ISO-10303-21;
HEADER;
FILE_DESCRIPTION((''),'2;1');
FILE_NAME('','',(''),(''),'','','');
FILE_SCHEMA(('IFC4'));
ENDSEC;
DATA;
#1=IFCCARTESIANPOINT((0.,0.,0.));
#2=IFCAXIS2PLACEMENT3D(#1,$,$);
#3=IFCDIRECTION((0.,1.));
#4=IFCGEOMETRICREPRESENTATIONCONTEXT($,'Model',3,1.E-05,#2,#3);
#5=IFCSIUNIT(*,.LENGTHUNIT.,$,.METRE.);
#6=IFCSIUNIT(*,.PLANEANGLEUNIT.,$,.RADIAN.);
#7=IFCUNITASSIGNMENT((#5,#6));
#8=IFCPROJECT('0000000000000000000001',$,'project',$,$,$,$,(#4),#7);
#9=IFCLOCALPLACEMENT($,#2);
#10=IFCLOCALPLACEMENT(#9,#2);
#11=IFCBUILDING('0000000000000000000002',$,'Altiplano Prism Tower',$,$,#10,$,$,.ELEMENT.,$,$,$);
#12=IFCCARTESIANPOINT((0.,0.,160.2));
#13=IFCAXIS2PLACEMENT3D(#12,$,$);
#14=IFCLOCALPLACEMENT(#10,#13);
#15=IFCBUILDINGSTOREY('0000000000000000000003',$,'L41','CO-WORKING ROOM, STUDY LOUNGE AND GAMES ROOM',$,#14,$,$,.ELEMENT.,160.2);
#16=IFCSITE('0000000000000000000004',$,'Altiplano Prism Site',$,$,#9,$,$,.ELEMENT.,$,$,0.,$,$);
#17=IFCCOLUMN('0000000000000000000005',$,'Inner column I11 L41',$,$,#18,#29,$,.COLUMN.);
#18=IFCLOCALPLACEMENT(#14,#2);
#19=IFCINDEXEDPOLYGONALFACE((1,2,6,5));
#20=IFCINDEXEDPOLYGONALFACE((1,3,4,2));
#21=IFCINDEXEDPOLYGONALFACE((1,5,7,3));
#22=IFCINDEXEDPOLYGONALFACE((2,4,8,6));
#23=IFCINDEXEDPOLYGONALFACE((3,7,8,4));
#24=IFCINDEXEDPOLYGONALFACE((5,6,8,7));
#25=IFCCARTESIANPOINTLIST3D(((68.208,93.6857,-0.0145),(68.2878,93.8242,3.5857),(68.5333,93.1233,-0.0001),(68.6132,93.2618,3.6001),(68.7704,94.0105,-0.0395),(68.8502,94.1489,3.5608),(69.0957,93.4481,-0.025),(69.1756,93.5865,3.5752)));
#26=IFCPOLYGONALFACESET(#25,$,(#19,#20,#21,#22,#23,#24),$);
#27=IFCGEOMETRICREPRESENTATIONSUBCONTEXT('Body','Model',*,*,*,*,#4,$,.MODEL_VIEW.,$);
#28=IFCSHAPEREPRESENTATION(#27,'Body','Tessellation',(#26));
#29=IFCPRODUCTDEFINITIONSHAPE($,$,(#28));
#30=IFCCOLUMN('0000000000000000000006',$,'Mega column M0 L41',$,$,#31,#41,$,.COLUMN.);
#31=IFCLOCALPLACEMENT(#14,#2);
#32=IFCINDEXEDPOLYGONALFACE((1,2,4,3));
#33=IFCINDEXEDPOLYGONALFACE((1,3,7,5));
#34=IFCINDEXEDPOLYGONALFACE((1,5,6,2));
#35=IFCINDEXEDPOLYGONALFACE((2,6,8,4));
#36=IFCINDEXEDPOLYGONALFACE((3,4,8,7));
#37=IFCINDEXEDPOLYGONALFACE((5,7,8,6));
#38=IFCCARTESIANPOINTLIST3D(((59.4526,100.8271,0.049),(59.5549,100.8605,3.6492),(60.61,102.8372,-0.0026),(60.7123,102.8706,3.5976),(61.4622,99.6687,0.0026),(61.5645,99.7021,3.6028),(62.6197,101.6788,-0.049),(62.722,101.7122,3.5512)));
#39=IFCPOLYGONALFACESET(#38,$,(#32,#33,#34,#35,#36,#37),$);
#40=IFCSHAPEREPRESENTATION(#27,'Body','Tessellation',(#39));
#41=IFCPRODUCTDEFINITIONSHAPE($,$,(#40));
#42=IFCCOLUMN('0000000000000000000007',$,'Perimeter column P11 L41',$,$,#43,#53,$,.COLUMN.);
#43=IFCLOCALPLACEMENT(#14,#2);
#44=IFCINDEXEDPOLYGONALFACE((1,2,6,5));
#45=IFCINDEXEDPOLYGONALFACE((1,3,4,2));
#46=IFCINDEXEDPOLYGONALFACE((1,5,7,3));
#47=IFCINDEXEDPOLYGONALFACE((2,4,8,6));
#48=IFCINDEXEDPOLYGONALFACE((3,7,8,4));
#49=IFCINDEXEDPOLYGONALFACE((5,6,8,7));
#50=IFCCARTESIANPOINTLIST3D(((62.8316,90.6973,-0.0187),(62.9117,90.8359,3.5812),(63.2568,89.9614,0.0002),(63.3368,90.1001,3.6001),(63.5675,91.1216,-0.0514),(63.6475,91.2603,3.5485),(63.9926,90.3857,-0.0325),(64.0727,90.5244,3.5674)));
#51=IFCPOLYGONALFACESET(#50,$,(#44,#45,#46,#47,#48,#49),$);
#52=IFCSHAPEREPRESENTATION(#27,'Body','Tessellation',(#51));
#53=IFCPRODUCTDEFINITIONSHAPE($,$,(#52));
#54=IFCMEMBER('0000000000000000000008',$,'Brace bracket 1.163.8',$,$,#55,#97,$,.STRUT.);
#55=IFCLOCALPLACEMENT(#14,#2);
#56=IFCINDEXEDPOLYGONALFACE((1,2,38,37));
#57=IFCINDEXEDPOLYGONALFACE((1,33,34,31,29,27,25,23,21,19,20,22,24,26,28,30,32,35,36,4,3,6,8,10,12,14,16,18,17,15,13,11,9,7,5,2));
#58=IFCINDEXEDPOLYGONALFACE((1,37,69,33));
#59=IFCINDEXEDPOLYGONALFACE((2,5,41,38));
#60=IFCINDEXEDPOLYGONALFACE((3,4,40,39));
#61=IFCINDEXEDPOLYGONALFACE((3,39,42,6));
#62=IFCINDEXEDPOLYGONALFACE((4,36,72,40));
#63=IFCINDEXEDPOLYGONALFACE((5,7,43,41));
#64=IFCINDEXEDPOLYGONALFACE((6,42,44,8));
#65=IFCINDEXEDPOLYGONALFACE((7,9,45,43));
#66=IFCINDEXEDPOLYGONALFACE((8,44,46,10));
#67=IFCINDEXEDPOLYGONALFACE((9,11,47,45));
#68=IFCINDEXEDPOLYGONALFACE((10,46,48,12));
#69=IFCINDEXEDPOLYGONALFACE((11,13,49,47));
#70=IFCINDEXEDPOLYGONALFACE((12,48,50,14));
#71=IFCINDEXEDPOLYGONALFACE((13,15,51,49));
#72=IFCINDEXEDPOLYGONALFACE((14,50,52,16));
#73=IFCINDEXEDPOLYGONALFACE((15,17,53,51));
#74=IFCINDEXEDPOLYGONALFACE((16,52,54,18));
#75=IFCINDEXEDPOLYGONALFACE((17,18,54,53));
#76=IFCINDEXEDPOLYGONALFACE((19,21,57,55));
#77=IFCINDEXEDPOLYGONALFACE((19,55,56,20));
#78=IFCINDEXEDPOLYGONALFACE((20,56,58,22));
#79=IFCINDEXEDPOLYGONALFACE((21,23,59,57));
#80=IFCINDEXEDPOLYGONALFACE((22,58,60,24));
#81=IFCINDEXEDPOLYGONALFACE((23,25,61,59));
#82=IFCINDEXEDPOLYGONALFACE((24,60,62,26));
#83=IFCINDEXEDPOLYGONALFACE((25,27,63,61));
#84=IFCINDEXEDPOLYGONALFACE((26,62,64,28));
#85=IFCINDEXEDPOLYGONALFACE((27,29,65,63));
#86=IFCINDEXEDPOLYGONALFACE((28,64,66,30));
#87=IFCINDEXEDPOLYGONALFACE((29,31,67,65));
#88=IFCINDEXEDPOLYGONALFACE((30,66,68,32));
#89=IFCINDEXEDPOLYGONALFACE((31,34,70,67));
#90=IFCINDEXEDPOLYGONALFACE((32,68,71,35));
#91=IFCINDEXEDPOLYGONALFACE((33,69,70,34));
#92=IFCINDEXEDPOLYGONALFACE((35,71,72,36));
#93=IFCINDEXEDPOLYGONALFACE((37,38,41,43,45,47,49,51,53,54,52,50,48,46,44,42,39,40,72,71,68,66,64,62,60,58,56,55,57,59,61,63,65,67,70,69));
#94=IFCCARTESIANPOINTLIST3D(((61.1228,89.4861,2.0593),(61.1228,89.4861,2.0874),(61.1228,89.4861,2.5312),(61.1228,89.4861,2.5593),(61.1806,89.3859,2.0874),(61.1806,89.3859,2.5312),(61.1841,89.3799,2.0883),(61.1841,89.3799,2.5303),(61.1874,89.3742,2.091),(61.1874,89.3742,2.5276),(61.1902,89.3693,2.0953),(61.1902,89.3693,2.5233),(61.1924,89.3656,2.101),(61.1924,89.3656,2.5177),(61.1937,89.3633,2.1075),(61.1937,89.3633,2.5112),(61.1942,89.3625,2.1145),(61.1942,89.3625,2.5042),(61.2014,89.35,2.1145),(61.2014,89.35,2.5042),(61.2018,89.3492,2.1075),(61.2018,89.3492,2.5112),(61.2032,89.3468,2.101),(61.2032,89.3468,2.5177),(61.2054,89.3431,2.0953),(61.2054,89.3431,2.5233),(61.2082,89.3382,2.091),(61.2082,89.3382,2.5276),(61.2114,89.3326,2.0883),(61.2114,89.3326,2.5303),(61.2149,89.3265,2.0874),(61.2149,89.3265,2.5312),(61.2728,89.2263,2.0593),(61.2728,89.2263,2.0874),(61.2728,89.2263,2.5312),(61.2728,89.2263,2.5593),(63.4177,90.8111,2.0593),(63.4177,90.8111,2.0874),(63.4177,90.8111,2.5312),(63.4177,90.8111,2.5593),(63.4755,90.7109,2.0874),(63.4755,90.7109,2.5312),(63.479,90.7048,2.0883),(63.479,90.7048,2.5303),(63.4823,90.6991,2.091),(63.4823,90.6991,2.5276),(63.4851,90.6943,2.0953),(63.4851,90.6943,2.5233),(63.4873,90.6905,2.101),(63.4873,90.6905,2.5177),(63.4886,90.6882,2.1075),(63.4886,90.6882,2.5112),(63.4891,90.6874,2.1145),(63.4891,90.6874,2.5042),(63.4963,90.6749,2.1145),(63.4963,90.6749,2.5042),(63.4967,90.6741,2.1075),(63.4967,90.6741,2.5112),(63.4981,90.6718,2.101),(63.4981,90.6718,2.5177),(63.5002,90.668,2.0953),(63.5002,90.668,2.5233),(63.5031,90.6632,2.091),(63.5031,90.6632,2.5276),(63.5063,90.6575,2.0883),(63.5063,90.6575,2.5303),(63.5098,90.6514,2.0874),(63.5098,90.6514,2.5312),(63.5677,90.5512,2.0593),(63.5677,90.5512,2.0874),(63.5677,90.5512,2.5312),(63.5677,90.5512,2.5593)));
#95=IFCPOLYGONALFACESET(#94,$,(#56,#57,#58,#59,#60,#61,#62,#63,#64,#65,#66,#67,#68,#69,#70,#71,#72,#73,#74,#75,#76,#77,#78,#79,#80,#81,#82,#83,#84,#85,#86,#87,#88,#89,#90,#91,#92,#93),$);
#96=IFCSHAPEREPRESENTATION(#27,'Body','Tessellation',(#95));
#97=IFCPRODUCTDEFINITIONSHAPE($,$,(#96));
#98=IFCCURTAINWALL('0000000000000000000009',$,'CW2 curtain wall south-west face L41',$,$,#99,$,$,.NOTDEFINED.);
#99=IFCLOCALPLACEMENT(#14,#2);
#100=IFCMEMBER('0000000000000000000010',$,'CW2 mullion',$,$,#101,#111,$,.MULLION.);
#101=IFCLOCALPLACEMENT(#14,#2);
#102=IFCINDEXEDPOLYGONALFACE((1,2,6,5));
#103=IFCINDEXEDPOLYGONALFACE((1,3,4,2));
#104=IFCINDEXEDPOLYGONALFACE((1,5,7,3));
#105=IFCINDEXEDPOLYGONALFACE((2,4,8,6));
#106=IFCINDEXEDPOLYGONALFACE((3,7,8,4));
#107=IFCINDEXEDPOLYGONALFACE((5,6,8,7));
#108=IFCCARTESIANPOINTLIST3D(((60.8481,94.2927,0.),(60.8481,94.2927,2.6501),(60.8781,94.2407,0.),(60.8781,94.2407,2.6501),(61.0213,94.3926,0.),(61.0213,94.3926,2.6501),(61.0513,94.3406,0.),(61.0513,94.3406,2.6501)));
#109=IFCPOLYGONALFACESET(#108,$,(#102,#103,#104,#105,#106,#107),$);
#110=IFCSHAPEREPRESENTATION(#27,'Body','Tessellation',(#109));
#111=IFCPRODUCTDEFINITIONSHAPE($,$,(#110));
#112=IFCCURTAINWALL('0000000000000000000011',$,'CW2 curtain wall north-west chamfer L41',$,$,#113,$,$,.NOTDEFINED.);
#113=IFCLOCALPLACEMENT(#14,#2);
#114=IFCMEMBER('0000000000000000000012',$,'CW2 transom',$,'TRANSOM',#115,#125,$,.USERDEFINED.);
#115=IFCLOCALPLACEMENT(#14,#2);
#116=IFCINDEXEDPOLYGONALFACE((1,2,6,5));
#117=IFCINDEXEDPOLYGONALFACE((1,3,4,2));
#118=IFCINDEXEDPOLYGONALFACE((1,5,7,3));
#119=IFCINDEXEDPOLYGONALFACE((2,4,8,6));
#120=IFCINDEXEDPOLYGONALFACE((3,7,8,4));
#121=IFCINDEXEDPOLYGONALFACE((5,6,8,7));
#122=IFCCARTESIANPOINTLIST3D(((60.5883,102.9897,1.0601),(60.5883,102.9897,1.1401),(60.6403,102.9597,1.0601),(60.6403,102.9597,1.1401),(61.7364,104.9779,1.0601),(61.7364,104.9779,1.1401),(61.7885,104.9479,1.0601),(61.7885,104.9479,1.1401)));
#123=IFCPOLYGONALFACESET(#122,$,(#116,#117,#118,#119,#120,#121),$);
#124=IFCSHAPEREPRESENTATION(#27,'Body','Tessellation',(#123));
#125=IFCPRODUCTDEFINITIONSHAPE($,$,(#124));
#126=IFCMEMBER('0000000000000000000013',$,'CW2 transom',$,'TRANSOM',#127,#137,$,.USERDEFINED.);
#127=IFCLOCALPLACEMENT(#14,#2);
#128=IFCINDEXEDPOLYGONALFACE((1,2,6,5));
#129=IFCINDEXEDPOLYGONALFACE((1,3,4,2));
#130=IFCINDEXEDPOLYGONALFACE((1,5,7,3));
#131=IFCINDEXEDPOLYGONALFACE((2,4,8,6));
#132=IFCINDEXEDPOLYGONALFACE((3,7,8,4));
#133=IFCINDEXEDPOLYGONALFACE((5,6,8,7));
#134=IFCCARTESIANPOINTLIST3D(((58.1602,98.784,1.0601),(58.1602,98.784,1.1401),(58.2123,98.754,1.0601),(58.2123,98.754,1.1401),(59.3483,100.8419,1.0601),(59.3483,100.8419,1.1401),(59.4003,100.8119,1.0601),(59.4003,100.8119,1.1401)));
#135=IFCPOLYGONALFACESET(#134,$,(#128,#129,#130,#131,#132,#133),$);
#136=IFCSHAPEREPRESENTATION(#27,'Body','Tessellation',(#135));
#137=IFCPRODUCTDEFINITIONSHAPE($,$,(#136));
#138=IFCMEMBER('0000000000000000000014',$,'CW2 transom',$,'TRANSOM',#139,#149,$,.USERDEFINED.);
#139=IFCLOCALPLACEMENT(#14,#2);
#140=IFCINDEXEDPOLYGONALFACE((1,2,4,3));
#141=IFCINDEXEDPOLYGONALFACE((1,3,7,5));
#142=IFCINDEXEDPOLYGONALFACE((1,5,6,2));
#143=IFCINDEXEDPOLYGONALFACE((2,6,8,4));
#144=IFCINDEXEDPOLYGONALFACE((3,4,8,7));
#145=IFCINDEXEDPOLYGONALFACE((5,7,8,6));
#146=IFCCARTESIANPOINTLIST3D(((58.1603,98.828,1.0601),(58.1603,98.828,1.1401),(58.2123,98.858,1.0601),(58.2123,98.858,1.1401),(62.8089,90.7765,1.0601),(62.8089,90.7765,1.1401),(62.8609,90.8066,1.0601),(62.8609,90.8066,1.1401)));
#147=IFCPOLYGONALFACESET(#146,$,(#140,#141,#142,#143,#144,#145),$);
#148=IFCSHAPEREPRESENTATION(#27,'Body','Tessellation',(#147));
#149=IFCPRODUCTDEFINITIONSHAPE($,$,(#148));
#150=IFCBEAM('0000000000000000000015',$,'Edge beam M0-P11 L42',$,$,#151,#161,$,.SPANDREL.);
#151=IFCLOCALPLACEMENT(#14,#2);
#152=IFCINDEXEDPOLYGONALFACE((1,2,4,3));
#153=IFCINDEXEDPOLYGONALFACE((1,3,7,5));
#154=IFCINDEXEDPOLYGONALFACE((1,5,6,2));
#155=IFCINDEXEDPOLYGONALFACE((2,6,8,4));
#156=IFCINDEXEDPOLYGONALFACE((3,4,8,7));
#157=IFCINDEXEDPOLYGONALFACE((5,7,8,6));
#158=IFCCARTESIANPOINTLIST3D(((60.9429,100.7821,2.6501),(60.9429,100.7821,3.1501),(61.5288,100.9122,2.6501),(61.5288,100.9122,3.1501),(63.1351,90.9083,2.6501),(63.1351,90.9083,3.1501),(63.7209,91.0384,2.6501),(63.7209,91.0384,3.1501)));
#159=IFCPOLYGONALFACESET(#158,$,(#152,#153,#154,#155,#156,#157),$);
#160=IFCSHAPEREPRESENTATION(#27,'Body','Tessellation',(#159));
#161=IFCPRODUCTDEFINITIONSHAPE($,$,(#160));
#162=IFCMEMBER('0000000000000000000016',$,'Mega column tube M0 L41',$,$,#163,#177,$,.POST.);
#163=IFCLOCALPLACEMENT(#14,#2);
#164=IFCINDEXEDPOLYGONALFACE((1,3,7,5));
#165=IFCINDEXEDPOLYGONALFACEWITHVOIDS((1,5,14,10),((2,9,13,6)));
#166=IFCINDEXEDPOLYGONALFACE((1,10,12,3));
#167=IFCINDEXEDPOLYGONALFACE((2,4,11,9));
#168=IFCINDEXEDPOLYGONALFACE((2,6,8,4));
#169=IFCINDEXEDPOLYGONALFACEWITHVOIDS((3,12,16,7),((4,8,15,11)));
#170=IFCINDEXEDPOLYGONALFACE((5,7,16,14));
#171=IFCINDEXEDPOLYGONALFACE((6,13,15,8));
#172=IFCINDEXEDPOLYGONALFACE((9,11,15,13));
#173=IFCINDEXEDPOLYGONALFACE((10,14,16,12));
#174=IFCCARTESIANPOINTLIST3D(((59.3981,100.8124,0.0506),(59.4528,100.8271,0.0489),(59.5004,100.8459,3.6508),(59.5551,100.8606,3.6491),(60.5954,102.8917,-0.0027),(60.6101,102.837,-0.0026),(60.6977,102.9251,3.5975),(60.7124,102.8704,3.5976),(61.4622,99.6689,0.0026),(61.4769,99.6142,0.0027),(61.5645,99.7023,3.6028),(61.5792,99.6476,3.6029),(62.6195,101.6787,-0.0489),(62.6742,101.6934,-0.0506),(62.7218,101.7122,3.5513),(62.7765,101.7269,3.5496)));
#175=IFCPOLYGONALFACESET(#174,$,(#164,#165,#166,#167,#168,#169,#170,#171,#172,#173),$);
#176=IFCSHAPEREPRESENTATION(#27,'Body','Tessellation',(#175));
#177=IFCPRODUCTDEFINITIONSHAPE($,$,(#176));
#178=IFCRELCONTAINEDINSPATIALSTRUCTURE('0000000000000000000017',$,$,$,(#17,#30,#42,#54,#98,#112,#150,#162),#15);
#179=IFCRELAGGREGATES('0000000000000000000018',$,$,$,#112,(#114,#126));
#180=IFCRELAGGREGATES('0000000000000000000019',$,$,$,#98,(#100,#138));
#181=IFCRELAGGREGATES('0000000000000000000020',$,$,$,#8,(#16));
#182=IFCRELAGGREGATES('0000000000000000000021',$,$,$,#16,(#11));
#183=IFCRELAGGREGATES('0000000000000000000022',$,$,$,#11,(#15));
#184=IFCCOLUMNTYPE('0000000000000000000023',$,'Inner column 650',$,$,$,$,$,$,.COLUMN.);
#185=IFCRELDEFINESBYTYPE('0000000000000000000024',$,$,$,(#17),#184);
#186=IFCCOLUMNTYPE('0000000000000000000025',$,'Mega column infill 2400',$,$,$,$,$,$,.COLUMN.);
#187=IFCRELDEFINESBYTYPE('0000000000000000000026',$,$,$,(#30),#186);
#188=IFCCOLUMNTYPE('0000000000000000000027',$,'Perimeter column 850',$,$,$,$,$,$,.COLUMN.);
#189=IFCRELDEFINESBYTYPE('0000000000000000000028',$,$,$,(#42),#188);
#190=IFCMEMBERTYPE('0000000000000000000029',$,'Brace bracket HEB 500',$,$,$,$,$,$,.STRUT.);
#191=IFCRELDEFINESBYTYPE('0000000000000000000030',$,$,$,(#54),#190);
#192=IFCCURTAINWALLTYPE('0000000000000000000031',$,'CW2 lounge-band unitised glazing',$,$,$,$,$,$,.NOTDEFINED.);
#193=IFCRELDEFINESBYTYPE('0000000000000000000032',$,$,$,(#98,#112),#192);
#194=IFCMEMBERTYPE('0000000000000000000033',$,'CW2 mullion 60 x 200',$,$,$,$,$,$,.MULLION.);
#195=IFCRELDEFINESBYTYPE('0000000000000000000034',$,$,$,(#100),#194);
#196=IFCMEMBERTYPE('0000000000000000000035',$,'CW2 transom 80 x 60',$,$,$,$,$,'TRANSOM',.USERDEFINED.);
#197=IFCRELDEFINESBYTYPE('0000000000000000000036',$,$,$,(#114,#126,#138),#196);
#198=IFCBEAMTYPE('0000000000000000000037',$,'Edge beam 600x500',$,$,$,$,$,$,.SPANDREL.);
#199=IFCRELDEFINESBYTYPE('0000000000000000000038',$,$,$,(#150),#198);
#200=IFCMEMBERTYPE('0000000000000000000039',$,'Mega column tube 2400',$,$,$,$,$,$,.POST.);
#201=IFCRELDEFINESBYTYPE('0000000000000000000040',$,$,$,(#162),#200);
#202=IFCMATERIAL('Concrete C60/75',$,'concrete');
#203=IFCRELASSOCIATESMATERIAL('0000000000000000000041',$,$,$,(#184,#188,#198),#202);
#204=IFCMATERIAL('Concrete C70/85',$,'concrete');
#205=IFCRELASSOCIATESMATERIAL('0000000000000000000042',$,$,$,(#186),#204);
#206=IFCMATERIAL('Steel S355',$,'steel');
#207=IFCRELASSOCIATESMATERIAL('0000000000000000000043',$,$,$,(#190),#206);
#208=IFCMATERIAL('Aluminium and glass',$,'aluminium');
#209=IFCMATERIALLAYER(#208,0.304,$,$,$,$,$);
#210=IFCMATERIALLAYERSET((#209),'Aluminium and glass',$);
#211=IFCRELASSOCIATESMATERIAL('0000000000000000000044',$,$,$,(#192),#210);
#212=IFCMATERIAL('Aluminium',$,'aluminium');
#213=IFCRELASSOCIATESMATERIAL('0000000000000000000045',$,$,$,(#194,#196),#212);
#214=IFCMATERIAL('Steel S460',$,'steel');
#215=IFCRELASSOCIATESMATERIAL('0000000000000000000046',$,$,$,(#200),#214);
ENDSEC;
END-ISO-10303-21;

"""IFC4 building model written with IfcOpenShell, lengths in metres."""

from ifc_helpers import new_model, si_unit, direction, frame, origin, origin_2d, place, context, subcontext, project, spatial, rectangle, hollow_rectangle, i_section, extrude, material, layer, layer_set, material_profile, profile_set, type_object, element, aggregate, save


model = new_model("IFC4")

# Units and contexts
model_context = context("Model", 3, precision=1e-05, world=origin(), true_north=direction((0.0, 1.0)))
body_context = subcontext(model_context, "Body", "Model", "MODEL_VIEW")
ifc_project = project(units=[si_unit("LENGTHUNIT", "METRE"), si_unit("PLANEANGLEUNIT", "RADIAN")], contexts=[model_context])

# Site, building, storey
site_placement = place(None, origin())
site = spatial("IfcSite", under=ifc_project, at=site_placement, Name="Altiplano Prism Site", CompositionType="ELEMENT", RefElevation=0.0)
building_placement = place(site_placement, origin())
building = spatial("IfcBuilding", under=site, at=building_placement, Name="Altiplano Prism Tower", CompositionType="ELEMENT")
storey_placement = place(building_placement, frame((0.0, 0.0, 160.2)))
storey = spatial("IfcBuildingStorey", under=building, at=storey_placement, Name="L41", Description="CO-WORKING ROOM, STUDY LOUNGE AND GAMES ROOM", CompositionType="ELEMENT", Elevation=160.2)

# Columns
ifc_material_1 = material(Name="Concrete C60/75", Category="concrete")
ifc_material_profile_1 = material_profile(ifc_material_1, rectangle(XDim=0.6499, YDim=0.6499, at=origin_2d()), Name="Inner column 650")
ifc_profile_set_1 = profile_set([ifc_material_profile_1], Name="Concrete C60/75")
column_type_1 = type_object("IfcColumnType", Name="Inner column 650", PredefinedType="COLUMN", material=ifc_profile_set_1)
column_1_placement = place(storey_placement, frame((68.6519, 93.5669, -0.0198), z_axis=(0.022154, 0.038413, 0.999016), x_axis=(-0.865365, -0.499669, 0.038403)))
element("IfcColumn", 1, at=column_1_placement, inside=storey, type_object=column_type_1, Name="Inner column I11 L41", PredefinedType="COLUMN", context=body_context, shape_type="SweptSolid", body=[
    extrude(rectangle(XDim=0.6499, YDim=0.6499, at=origin_2d()), origin(), (0.0, 0.0, 1.0), 3.6038),
])
ifc_material_2 = material(Name="Concrete C70/85", Category="concrete")
ifc_material_profile_2 = material_profile(ifc_material_2, rectangle(XDim=2.3201, YDim=2.3201, at=origin_2d()), Name="Mega column infill 2400")
ifc_profile_set_2 = profile_set([ifc_material_profile_2], Name="Concrete C70/85")
column_type_2 = type_object("IfcColumnType", Name="Mega column infill 2400", PredefinedType="COLUMN", material=ifc_profile_set_2)
column_2_placement = place(storey_placement, frame((61.0361, 101.2529, 0.0), z_axis=(0.028402, 0.009287, 0.999553), x_axis=(-0.866206, 0.499287, 0.019974)))
element("IfcColumn", 2, at=column_2_placement, inside=storey, type_object=column_type_2, Name="Mega column M0 L41", PredefinedType="COLUMN", context=body_context, shape_type="SweptSolid", body=[
    extrude(rectangle(XDim=2.3201, YDim=2.3201, at=origin_2d()), origin(), (0.0, 0.0, 1.0), 3.6018),
])
ifc_material_profile_3 = material_profile(ifc_material_1, rectangle(XDim=0.8501, YDim=0.8501, at=origin_2d()), Name="Perimeter column 850")
ifc_profile_set_3 = profile_set([ifc_material_profile_3], Name="Concrete C60/75")
column_type_3 = type_object("IfcColumnType", Name="Perimeter column 850", PredefinedType="COLUMN", material=ifc_profile_set_3)
column_3_placement = place(storey_placement, frame((63.4121, 90.5415, -0.0256), z_axis=(0.022223, 0.038483, 0.999012), x_axis=(-0.865642, -0.499182, 0.038485)))
element("IfcColumn", 3, at=column_3_placement, inside=storey, type_object=column_type_3, Name="Perimeter column P11 L41", PredefinedType="COLUMN", context=body_context, shape_type="SweptSolid", body=[
    extrude(rectangle(XDim=0.8501, YDim=0.8501, at=origin_2d()), origin(), (0.0, 0.0, 1.0), 3.6035),
])

# Member
ifc_material_3 = material(Name="Steel S355", Category="steel")
ifc_material_profile_4 = material_profile(ifc_material_3, i_section(OverallWidth=0.3, OverallDepth=0.5, WebThickness=0.0144, FlangeThickness=0.0281, FilletRadius=0.0271, at=origin_2d()), Name="Brace bracket HEB 500")
ifc_profile_set_4 = profile_set([ifc_material_profile_4], Name="Steel S355")
member_type_1 = type_object("IfcMemberType", Name="Brace bracket HEB 500", PredefinedType="STRUT", material=ifc_profile_set_4)
member_1_placement = place(storey_placement, frame((63.4927, 90.6812, 2.3093), z_axis=(-0.866029, -0.499994, 0.0), x_axis=(0.499994, -0.866029, 0.0)))
element("IfcMember", 4, at=member_1_placement, inside=storey, type_object=member_type_1, Name="Brace bracket 1.163.8", PredefinedType="STRUT", context=body_context, shape_type="SweptSolid", body=[
    extrude(i_section(OverallWidth=0.3, OverallDepth=0.5, WebThickness=0.0144, FlangeThickness=0.0281, FilletRadius=0.0271, at=origin_2d()), origin(), (0.0, 0.0, 1.0), 2.6499),
])

# Curtain wall, member
ifc_material_4 = material(Name="Aluminium and glass", Category="aluminium")
ifc_layer_1 = layer(ifc_material_4, 0.304)
ifc_layer_set_1 = layer_set([ifc_layer_1], Name="Aluminium and glass")
curtain_wall_type = type_object("IfcCurtainWallType", Name="CW2 lounge-band unitised glazing", PredefinedType="NOTDEFINED", material=ifc_layer_set_1)
curtain_wall_1_placement = place(storey_placement, origin())
curtain_wall_1 = element("IfcCurtainWall", 5, at=curtain_wall_1_placement, inside=storey, type_object=curtain_wall_type, Name="CW2 curtain wall south-west face L41", PredefinedType="NOTDEFINED")
ifc_material_5 = material(Name="Aluminium", Category="aluminium")
ifc_material_profile_5 = material_profile(ifc_material_5, rectangle(XDim=0.2, YDim=0.0601, at=origin_2d()), Name="CW2 mullion 60 x 200")
ifc_profile_set_5 = profile_set([ifc_material_profile_5], Name="Aluminium")
member_type_2 = type_object("IfcMemberType", Name="CW2 mullion 60 x 200", PredefinedType="MULLION", material=ifc_profile_set_5)
member_2_placement = place(storey_placement, frame((60.9497, 94.3167, 0.0), z_axis=(0.0, 0.0, 1.0), x_axis=(0.866025, 0.5, 0.0)))
member_2 = element("IfcMember", 6, at=member_2_placement, type_object=member_type_2, Name="CW2 mullion", PredefinedType="MULLION", context=body_context, shape_type="SweptSolid", body=[
    extrude(rectangle(XDim=0.2, YDim=0.0601, at=origin_2d()), origin(), (0.0, 0.0, 1.0), 2.6501),
])

# Curtain wall, members
curtain_wall_2_placement = place(storey_placement, origin())
curtain_wall_2 = element("IfcCurtainWall", 7, at=curtain_wall_2_placement, inside=storey, type_object=curtain_wall_type, Name="CW2 curtain wall north-west chamfer L41", PredefinedType="NOTDEFINED")
ifc_material_profile_6 = material_profile(ifc_material_5, rectangle(XDim=0.0601, YDim=0.0801, at=origin_2d()), Name="CW2 transom 80 x 60")
ifc_profile_set_6 = profile_set([ifc_material_profile_6], Name="Aluminium")
member_type_3 = type_object("IfcMemberType", Name="CW2 transom 80 x 60", ElementType="TRANSOM", PredefinedType="USERDEFINED", material=ifc_profile_set_6)
member_3_placement = place(storey_placement, frame((61.7625, 104.9629, 1.1001), z_axis=(-0.500084, -0.865977, 0.0), x_axis=(0.865977, -0.500084, 0.0)))
member_3 = element("IfcMember", 8, at=member_3_placement, type_object=member_type_3, Name="CW2 transom", ObjectType="TRANSOM", PredefinedType="USERDEFINED", context=body_context, shape_type="SweptSolid", body=[
    extrude(rectangle(XDim=0.0601, YDim=0.0801, at=origin_2d()), origin(), (0.0, 0.0, 1.0), 2.2959),
])
member_4_placement = place(storey_placement, frame((59.3743, 100.8269, 1.1001), z_axis=(-0.499963, -0.866047, 0.0), x_axis=(0.866047, -0.499963, 0.0)))
member_4 = element("IfcMember", 9, at=member_4_placement, type_object=member_type_3, Name="CW2 transom", ObjectType="TRANSOM", PredefinedType="USERDEFINED", context=body_context, shape_type="SweptSolid", body=[
    extrude(rectangle(XDim=0.0601, YDim=0.0801, at=origin_2d()), origin(), (0.0, 0.0, 1.0), 2.3762),
])

# Member
member_5_placement = place(storey_placement, frame((58.1863, 98.843, 1.1001), z_axis=(0.500011, -0.866019, 0.0), x_axis=(0.866019, 0.500011, 0.0)))
member_5 = element("IfcMember", 10, at=member_5_placement, type_object=member_type_3, Name="CW2 transom", ObjectType="TRANSOM", PredefinedType="USERDEFINED", context=body_context, shape_type="SweptSolid", body=[
    extrude(rectangle(XDim=0.0601, YDim=0.0801, at=origin_2d()), origin(), (0.0, 0.0, 1.0), 9.2971),
])

# Beam
ifc_material_profile_7 = material_profile(ifc_material_1, rectangle(XDim=0.6001, YDim=0.5, at=origin_2d()), Name="Edge beam 600x500")
ifc_profile_set_7 = profile_set([ifc_material_profile_7], Name="Concrete C60/75")
beam_type_1 = type_object("IfcBeamType", Name="Edge beam 600x500", PredefinedType="SPANDREL", material=ifc_profile_set_7)
beam_1_placement = place(storey_placement, frame((61.2358, 100.8472, 2.9001), z_axis=(0.216739, -0.97623, 0.0), x_axis=(0.97623, 0.216739, 0.0)))
element("IfcBeam", 11, at=beam_1_placement, inside=storey, type_object=beam_type_1, Name="Edge beam M0-P11 L42", PredefinedType="SPANDREL", context=body_context, shape_type="SweptSolid", body=[
    extrude(rectangle(XDim=0.6001, YDim=0.5, at=origin_2d()), origin(), (0.0, 0.0, 1.0), 10.1143),
])

# Member
ifc_material_6 = material(Name="Steel S460", Category="steel")
ifc_material_profile_8 = material_profile(ifc_material_6, hollow_rectangle(XDim=2.3999, YDim=2.3999, WallThickness=0.04, at=origin_2d()), Name="Mega column tube 2400")
ifc_profile_set_8 = profile_set([ifc_material_profile_8], Name="Steel S460")
member_type_4 = type_object("IfcMemberType", Name="Mega column tube 2400", PredefinedType="POST", material=ifc_profile_set_8)
member_6_placement = place(storey_placement, frame((61.0361, 101.2529, 0.0), z_axis=(0.028402, 0.009287, 0.999553), x_axis=(-0.866206, 0.499287, 0.019974)))
element("IfcMember", 12, at=member_6_placement, inside=storey, type_object=member_type_4, Name="Mega column tube M0 L41", PredefinedType="POST", context=body_context, shape_type="SweptSolid", body=[
    extrude(hollow_rectangle(XDim=2.3999, YDim=2.3999, WallThickness=0.04, at=origin_2d()), origin(), (0.0, 0.0, 1.0), 3.6018),
])

aggregate(curtain_wall_2, [member_3, member_4])
aggregate(curtain_wall_1, [member_2, member_5])

save(model, "model.ifc")
